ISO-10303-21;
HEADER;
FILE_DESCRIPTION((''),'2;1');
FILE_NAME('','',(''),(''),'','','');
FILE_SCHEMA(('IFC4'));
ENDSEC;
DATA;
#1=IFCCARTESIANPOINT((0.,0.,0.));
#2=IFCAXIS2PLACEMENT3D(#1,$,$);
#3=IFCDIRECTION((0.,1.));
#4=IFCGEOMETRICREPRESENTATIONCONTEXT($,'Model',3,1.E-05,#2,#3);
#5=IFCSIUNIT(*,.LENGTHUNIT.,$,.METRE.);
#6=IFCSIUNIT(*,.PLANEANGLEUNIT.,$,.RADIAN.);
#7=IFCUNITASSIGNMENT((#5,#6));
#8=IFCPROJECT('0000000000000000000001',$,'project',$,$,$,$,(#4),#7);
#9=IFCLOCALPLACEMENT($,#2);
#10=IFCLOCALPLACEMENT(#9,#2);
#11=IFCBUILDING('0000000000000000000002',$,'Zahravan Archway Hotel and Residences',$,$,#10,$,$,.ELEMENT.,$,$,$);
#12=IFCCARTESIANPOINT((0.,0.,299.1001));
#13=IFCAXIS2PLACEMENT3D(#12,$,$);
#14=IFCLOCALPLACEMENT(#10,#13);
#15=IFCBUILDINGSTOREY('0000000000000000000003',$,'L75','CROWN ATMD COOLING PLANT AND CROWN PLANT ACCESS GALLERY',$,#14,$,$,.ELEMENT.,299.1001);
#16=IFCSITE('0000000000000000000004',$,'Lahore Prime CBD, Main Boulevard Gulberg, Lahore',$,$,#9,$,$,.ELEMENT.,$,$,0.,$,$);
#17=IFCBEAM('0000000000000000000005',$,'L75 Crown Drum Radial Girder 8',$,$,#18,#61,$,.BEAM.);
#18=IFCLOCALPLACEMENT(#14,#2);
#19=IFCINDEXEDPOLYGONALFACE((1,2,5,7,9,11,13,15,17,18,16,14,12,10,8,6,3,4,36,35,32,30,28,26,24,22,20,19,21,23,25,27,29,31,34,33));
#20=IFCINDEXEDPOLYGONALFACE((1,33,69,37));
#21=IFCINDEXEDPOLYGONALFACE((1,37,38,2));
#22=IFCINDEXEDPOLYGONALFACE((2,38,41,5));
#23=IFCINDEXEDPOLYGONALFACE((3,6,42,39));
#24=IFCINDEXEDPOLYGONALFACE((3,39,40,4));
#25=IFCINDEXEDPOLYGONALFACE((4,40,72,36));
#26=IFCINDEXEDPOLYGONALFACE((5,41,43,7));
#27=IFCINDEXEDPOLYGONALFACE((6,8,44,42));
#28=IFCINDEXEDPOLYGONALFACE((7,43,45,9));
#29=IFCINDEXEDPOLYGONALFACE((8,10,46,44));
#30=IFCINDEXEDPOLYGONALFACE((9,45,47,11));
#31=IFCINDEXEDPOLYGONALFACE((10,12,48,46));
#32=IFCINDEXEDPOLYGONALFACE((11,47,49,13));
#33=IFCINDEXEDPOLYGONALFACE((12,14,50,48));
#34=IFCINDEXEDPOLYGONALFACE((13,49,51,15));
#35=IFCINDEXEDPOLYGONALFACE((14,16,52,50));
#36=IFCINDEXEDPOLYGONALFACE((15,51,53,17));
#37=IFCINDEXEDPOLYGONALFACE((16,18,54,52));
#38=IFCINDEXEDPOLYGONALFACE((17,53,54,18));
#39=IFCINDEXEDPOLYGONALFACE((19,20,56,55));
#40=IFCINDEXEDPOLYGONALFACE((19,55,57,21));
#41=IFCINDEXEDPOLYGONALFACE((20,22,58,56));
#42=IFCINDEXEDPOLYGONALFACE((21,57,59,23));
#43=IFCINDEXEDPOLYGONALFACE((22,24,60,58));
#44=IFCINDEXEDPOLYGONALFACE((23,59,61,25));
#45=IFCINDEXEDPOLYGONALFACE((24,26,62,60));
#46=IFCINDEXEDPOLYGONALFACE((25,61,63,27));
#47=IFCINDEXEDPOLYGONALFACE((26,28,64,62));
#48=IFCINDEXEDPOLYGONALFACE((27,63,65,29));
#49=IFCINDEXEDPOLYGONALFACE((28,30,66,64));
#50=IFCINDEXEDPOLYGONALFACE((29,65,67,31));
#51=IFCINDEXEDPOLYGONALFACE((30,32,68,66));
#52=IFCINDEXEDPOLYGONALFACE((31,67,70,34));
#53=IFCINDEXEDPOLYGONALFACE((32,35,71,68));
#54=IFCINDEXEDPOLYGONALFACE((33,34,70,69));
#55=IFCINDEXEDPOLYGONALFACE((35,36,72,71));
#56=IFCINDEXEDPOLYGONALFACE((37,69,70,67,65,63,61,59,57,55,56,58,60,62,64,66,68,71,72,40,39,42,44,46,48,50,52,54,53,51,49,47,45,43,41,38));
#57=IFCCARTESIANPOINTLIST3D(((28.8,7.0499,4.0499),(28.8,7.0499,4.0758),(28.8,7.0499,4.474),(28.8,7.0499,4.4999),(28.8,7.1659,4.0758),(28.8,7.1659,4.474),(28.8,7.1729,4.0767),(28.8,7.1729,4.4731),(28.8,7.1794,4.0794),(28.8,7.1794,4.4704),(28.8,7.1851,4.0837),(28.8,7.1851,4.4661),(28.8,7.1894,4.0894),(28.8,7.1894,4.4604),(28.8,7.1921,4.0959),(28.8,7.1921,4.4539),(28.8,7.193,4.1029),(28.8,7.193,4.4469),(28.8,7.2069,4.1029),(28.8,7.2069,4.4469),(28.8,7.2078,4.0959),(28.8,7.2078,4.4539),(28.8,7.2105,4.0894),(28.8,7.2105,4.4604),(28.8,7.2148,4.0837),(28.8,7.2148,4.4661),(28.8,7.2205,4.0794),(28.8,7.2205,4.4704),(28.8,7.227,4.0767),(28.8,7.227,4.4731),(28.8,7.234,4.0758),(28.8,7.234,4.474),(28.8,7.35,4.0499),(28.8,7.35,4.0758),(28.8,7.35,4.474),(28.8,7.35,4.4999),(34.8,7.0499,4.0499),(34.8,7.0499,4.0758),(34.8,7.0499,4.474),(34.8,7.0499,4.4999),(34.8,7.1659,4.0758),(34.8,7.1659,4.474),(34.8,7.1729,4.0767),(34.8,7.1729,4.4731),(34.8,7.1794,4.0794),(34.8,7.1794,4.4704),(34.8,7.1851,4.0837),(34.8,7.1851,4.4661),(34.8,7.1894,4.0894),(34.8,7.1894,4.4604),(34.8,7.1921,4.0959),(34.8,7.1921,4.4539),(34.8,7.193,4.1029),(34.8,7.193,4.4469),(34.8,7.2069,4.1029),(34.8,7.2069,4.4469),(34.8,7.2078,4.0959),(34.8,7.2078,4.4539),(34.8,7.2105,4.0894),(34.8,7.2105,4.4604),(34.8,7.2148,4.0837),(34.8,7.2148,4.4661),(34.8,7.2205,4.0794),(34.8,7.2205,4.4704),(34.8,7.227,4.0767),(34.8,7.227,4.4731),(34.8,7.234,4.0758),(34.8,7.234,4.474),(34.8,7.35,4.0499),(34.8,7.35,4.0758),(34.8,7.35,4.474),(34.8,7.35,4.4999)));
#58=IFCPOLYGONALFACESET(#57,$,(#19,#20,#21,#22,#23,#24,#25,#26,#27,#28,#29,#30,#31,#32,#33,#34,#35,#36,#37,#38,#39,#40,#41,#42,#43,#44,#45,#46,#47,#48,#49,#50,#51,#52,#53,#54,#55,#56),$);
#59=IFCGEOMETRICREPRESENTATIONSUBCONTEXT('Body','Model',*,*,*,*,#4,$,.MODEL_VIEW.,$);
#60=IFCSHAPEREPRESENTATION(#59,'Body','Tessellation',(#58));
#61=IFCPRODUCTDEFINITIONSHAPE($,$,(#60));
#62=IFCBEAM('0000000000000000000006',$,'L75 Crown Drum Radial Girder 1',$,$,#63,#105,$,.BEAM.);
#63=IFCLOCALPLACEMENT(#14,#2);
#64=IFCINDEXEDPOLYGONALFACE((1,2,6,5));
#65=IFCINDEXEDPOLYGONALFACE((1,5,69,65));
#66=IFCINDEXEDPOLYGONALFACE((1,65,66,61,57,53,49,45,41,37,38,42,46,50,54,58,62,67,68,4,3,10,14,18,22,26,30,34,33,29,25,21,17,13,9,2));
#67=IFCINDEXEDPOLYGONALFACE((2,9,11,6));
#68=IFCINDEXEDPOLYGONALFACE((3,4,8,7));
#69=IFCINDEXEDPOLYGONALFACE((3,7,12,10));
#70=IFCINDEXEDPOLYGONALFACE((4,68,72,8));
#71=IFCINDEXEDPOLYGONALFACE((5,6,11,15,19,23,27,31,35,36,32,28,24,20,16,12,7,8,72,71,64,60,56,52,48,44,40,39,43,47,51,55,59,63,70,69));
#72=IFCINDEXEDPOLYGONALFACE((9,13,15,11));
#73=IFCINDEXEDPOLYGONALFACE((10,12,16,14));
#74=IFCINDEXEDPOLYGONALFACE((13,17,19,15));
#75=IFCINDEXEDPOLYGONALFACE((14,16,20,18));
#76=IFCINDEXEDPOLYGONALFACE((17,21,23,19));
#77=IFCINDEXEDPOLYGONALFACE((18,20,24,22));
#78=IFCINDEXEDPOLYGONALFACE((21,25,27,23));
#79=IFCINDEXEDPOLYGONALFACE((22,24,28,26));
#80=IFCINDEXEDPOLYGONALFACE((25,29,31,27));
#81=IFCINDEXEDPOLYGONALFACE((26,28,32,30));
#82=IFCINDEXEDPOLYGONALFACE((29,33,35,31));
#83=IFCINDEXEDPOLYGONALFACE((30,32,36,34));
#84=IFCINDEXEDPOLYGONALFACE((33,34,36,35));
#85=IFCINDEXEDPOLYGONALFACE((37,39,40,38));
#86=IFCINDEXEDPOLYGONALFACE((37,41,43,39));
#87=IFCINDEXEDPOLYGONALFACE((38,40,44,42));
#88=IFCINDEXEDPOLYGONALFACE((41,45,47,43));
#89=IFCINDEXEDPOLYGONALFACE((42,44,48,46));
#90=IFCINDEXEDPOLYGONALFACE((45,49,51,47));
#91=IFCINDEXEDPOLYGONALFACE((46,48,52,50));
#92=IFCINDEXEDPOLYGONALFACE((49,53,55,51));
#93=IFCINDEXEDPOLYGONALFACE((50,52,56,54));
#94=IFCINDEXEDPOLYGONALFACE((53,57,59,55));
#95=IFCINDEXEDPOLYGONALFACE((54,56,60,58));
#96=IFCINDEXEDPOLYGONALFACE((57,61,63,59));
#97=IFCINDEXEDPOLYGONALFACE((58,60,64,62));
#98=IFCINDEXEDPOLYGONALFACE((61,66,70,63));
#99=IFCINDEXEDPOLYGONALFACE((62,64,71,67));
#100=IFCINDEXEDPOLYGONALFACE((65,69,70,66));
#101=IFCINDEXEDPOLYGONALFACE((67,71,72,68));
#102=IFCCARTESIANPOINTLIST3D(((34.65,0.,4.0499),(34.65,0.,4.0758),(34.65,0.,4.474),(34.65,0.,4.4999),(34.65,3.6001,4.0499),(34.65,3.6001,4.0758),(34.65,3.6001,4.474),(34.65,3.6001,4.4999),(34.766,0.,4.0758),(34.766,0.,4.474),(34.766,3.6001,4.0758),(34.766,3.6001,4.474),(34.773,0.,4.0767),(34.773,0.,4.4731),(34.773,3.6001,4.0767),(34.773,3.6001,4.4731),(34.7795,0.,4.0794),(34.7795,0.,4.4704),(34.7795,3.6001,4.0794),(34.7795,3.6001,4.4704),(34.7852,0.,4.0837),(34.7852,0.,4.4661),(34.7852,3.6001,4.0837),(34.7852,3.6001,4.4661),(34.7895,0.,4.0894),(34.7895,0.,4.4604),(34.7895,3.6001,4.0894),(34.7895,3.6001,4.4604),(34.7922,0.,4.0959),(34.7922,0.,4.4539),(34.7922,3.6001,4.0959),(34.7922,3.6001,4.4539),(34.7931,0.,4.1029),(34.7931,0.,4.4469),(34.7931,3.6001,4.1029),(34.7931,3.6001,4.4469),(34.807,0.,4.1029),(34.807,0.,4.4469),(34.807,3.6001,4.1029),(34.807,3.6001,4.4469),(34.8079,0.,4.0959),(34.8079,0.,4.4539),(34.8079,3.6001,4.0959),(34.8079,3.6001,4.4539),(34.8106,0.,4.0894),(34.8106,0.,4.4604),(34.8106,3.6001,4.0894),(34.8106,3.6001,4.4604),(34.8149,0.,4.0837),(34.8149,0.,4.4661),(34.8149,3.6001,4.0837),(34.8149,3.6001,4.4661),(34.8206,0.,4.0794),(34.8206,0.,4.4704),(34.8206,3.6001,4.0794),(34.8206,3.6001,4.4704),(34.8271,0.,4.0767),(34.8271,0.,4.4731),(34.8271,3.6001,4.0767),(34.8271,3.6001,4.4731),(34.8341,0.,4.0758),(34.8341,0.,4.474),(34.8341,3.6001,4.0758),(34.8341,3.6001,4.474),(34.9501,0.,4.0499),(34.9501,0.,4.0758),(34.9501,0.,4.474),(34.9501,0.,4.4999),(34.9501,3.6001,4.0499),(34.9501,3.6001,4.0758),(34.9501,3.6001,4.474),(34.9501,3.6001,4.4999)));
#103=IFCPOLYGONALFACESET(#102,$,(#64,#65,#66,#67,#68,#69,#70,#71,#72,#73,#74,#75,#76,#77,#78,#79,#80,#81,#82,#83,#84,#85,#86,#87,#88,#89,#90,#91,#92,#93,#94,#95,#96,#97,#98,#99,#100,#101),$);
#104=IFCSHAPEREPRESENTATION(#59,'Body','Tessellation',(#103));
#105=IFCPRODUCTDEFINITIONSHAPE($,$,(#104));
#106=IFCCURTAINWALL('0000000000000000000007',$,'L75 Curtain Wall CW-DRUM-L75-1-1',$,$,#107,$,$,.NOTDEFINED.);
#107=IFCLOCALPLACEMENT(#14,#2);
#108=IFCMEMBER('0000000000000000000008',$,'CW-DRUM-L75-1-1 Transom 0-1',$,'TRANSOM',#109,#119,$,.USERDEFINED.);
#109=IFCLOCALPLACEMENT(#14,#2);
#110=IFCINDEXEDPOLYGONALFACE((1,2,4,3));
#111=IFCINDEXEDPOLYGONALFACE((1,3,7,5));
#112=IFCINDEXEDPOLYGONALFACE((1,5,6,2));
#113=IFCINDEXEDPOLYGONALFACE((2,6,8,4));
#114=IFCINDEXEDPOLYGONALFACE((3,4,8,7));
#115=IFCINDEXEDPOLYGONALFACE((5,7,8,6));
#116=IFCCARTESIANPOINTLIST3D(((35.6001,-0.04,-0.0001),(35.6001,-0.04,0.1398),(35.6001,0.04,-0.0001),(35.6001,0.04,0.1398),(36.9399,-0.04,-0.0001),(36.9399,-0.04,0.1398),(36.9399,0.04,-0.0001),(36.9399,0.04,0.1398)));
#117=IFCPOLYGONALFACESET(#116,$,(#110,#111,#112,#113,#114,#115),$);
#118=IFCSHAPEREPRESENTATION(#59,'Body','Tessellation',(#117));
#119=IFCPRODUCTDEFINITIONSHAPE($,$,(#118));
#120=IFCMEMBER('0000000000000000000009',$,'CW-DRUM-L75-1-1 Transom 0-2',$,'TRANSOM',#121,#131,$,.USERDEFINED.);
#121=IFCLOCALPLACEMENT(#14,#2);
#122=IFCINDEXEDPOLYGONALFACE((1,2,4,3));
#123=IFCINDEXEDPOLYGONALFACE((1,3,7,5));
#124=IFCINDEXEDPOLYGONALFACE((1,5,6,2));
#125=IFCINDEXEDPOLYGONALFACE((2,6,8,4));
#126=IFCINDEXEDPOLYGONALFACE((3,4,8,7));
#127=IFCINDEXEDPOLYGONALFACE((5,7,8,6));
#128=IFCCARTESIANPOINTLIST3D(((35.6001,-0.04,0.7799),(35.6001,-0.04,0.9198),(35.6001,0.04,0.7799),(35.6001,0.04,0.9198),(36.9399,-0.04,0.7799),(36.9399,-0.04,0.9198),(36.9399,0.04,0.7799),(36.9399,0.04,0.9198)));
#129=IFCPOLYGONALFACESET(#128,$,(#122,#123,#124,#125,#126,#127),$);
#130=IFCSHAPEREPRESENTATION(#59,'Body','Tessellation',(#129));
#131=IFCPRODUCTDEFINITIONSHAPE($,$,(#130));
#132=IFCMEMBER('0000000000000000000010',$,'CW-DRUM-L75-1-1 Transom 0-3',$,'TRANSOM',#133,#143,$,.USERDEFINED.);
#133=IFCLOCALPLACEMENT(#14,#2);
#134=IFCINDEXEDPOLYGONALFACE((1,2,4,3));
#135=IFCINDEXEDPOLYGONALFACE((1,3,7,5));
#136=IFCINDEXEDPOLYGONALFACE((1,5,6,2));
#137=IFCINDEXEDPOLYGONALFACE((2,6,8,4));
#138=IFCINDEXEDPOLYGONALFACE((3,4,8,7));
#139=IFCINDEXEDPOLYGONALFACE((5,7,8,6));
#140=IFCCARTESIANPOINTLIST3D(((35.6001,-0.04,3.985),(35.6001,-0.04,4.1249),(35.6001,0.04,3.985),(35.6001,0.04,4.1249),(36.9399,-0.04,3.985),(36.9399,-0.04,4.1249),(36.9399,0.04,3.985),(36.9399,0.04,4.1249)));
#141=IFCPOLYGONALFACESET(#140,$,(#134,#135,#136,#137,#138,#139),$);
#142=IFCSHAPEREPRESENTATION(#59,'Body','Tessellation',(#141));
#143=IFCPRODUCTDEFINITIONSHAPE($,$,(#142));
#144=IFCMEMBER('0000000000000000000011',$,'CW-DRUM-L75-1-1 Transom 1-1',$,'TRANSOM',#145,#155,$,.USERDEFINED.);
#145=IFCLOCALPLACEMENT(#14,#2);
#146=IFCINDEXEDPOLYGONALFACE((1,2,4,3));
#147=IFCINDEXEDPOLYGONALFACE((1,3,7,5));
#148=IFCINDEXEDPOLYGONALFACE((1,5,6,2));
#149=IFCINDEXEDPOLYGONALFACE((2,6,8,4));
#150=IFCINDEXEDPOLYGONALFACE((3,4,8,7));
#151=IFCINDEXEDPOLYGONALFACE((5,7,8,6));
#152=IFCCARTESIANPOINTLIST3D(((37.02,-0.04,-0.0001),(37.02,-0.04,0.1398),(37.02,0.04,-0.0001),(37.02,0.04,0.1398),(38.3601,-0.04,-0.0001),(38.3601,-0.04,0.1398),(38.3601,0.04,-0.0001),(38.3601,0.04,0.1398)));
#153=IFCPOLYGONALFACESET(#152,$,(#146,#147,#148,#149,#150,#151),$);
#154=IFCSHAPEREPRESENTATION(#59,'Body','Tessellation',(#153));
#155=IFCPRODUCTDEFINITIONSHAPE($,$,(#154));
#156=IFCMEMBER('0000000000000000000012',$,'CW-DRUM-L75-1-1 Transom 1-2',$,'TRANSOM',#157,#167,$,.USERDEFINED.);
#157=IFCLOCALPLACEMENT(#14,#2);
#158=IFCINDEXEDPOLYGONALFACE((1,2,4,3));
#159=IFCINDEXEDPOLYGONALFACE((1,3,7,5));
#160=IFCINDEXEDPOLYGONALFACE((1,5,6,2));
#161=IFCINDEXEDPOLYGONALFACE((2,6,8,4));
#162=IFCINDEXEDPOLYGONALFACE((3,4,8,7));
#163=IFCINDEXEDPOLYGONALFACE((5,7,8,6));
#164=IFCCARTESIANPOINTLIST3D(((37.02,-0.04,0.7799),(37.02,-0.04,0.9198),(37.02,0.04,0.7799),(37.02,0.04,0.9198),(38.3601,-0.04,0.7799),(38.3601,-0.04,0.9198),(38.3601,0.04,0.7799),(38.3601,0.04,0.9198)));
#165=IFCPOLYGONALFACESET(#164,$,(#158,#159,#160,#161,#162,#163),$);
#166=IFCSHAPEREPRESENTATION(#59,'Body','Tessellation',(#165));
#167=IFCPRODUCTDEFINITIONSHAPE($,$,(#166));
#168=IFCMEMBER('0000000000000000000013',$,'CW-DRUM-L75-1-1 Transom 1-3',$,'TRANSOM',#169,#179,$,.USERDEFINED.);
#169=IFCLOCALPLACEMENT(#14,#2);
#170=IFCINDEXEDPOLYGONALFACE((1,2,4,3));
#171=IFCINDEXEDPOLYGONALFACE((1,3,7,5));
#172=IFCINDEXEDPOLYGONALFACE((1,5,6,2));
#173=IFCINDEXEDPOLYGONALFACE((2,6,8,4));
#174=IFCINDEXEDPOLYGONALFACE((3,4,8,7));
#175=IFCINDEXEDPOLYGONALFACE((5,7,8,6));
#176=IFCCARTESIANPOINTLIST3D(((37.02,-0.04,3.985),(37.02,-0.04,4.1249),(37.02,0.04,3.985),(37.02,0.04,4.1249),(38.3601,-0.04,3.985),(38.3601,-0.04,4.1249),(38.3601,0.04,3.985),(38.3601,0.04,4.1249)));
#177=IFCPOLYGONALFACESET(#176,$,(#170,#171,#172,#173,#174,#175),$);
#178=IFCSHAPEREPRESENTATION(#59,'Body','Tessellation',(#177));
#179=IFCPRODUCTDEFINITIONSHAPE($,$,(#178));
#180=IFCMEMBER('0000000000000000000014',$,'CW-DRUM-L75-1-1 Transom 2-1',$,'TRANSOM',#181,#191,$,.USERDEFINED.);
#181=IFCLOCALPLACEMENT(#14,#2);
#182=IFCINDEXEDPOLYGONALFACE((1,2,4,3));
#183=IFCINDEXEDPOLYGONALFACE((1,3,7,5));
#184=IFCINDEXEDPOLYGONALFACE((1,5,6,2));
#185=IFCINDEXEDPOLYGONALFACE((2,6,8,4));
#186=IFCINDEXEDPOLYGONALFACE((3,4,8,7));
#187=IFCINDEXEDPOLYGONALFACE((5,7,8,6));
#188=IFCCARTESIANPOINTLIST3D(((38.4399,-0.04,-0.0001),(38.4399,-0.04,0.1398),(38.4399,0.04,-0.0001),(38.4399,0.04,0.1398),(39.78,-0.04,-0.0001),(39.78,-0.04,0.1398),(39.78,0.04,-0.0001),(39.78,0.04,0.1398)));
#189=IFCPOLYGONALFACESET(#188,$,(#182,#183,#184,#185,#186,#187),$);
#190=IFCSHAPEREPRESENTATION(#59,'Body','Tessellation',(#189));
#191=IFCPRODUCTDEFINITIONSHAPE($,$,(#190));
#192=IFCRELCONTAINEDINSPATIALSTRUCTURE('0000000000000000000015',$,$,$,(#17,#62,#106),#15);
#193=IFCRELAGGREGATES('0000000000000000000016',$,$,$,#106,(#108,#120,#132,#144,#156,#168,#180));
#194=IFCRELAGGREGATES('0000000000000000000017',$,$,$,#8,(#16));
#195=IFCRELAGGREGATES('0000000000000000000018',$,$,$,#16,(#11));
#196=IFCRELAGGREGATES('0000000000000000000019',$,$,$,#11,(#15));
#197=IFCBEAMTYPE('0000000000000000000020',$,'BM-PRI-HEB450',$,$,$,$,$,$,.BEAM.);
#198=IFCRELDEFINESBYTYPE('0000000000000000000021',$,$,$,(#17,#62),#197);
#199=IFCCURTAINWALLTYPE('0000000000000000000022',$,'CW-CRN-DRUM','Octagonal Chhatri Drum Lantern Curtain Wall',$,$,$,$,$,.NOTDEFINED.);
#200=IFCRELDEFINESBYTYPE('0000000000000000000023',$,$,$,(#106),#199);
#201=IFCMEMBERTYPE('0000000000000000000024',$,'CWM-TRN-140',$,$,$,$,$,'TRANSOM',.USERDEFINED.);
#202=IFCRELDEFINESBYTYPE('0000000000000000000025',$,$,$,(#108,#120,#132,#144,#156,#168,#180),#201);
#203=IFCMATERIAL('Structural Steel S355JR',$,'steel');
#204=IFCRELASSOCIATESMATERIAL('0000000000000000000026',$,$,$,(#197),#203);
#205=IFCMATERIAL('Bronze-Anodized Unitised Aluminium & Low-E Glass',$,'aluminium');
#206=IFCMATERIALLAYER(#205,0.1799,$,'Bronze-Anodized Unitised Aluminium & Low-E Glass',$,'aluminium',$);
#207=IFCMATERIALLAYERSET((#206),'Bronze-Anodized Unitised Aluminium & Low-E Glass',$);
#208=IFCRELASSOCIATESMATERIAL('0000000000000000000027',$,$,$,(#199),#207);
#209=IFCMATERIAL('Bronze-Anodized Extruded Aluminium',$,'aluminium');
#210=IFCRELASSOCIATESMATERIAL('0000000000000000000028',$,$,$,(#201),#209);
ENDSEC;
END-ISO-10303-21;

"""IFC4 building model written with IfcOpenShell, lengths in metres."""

from ifc_helpers import new_model, si_unit, direction, frame, origin, origin_2d, place, context, subcontext, project, spatial, rectangle, i_section, extrude, source, transform, mapped, material, layer, layer_set, material_profile, profile_set, type_object, element, aggregate, save


model = new_model("IFC4")

# Units and contexts
model_context = context("Model", 3, precision=1e-05, world=origin(), true_north=direction((0.0, 1.0)))
body_context = subcontext(model_context, "Body", "Model", "MODEL_VIEW")
ifc_project = project(units=[si_unit("LENGTHUNIT", "METRE"), si_unit("PLANEANGLEUNIT", "RADIAN")], contexts=[model_context])

# Site, building, storey
site_placement = place(None, origin())
site = spatial("IfcSite", under=ifc_project, at=site_placement, Name="Lahore Prime CBD, Main Boulevard Gulberg, Lahore", CompositionType="ELEMENT", RefElevation=0.0)
building_placement = place(site_placement, origin())
building = spatial("IfcBuilding", under=site, at=building_placement, Name="Zahravan Archway Hotel and Residences", CompositionType="ELEMENT")
storey_placement = place(building_placement, frame((0.0, 0.0, 299.1001)))
storey = spatial("IfcBuildingStorey", under=building, at=storey_placement, Name="L75", Description="CROWN ATMD COOLING PLANT AND CROWN PLANT ACCESS GALLERY", CompositionType="ELEMENT", Elevation=299.1001)

# Beams
ifc_material_1 = material(Name="Structural Steel S355JR", Category="steel")
ifc_material_profile_1 = material_profile(ifc_material_1, i_section(OverallWidth=0.3, OverallDepth=0.45, WebThickness=0.0139, FlangeThickness=0.0259, FilletRadius=0.0271, at=origin_2d()), Name="HEB 450", Category="steel")
ifc_profile_set_1 = profile_set([ifc_material_profile_1], Name="Structural Steel S355JR")
beam_type = type_object("IfcBeamType", Name="BM-PRI-HEB450", PredefinedType="BEAM", material=ifc_profile_set_1)
shared_shape_1 = source(origin(), body_context, "Body", "SweptSolid", [
    extrude(i_section(OverallWidth=0.3, OverallDepth=0.45, WebThickness=0.0139, FlangeThickness=0.0259, FilletRadius=0.0271, at=origin_2d()), origin(), (0.0, 0.0, 1.0), 6.0),
])
beam_1_placement = place(storey_placement, frame((34.8, 7.2, 4.2749), z_axis=(-1.0, 0.0, 0.0), x_axis=(0.0, -1.0, 0.0)))
element("IfcBeam", 1, at=beam_1_placement, inside=storey, type_object=beam_type, Name="L75 Crown Drum Radial Girder 8", PredefinedType="BEAM", context=body_context, shape_type="MappedRepresentation", body=[
    mapped(shared_shape_1, transform((0.0, 0.0, 0.0), scale=1.0)),
])
shared_shape_2 = source(origin(), body_context, "Body", "SweptSolid", [
    extrude(i_section(OverallWidth=0.3, OverallDepth=0.45, WebThickness=0.0139, FlangeThickness=0.0259, FilletRadius=0.0271, at=origin_2d()), origin(), (0.0, 0.0, 1.0), 3.6001),
])
beam_2_placement = place(storey_placement, frame((34.8, 3.6001, 4.2749), z_axis=(0.0, -1.0, 0.0), x_axis=(1.0, 0.0, 0.0)))
element("IfcBeam", 2, at=beam_2_placement, inside=storey, type_object=beam_type, Name="L75 Crown Drum Radial Girder 1", PredefinedType="BEAM", context=body_context, shape_type="MappedRepresentation", body=[
    mapped(shared_shape_2, transform((0.0, 0.0, 0.0), scale=1.0)),
])

# Curtain wall, members
ifc_material_2 = material(Name="Bronze-Anodized Unitised Aluminium & Low-E Glass", Category="aluminium")
ifc_layer_1 = layer(ifc_material_2, 0.1799, Name="Bronze-Anodized Unitised Aluminium & Low-E Glass", Category="aluminium")
ifc_layer_set_1 = layer_set([ifc_layer_1], Name="Bronze-Anodized Unitised Aluminium & Low-E Glass")
curtain_wall_type = type_object("IfcCurtainWallType", Name="CW-CRN-DRUM", Description="Octagonal Chhatri Drum Lantern Curtain Wall", PredefinedType="NOTDEFINED", material=ifc_layer_set_1)
curtain_wall_placement = place(storey_placement, origin())
curtain_wall = element("IfcCurtainWall", 3, at=curtain_wall_placement, inside=storey, type_object=curtain_wall_type, Name="L75 Curtain Wall CW-DRUM-L75-1-1", PredefinedType="NOTDEFINED")
ifc_material_3 = material(Name="Bronze-Anodized Extruded Aluminium", Category="aluminium")
ifc_material_profile_2 = material_profile(ifc_material_3, rectangle(XDim=0.0801, YDim=0.1399, at=origin_2d()), Name="TRN 80x140", Category="aluminium")
ifc_profile_set_2 = profile_set([ifc_material_profile_2], Name="Bronze-Anodized Extruded Aluminium")
member_type_1 = type_object("IfcMemberType", Name="CWM-TRN-140", ElementType="TRANSOM", PredefinedType="USERDEFINED", material=ifc_profile_set_2)
shared_shape_3 = source(origin(), body_context, "Body", "SweptSolid", [
    extrude(rectangle(XDim=0.0801, YDim=0.1399, at=origin_2d()), origin(), (0.0, 0.0, 1.0), 1.3398),
])
member_1_placement = place(storey_placement, frame((35.6001, 0.0, 0.0698), z_axis=(1.0, 0.0, 0.0), x_axis=(0.0, 1.0, 0.0)))
member_1 = element("IfcMember", 4, at=member_1_placement, type_object=member_type_1, Name="CW-DRUM-L75-1-1 Transom 0-1", ObjectType="TRANSOM", PredefinedType="USERDEFINED", context=body_context, shape_type="MappedRepresentation", body=[
    mapped(shared_shape_3, transform((0.0, 0.0, 0.0), scale=1.0)),
])
member_2_placement = place(storey_placement, frame((35.6001, 0.0, 0.8499), z_axis=(1.0, 0.0, 0.0), x_axis=(0.0, 1.0, 0.0)))
member_2 = element("IfcMember", 5, at=member_2_placement, type_object=member_type_1, Name="CW-DRUM-L75-1-1 Transom 0-2", ObjectType="TRANSOM", PredefinedType="USERDEFINED", context=body_context, shape_type="MappedRepresentation", body=[
    mapped(shared_shape_3, transform((0.0, 0.0, 0.0), scale=1.0)),
])
member_3_placement = place(storey_placement, frame((35.6001, 0.0, 4.0549), z_axis=(1.0, 0.0, 0.0), x_axis=(0.0, 1.0, 0.0)))
member_3 = element("IfcMember", 6, at=member_3_placement, type_object=member_type_1, Name="CW-DRUM-L75-1-1 Transom 0-3", ObjectType="TRANSOM", PredefinedType="USERDEFINED", context=body_context, shape_type="MappedRepresentation", body=[
    mapped(shared_shape_3, transform((0.0, 0.0, 0.0), scale=1.0)),
])
shared_shape_4 = source(origin(), body_context, "Body", "SweptSolid", [
    extrude(rectangle(XDim=0.0801, YDim=0.1399, at=origin_2d()), origin(), (0.0, 0.0, 1.0), 1.3401),
])
member_4_placement = place(storey_placement, frame((37.02, 0.0, 0.0698), z_axis=(1.0, 0.0, 0.0), x_axis=(0.0, 1.0, 0.0)))
member_4 = element("IfcMember", 7, at=member_4_placement, type_object=member_type_1, Name="CW-DRUM-L75-1-1 Transom 1-1", ObjectType="TRANSOM", PredefinedType="USERDEFINED", context=body_context, shape_type="MappedRepresentation", body=[
    mapped(shared_shape_4, transform((0.0, 0.0, 0.0), scale=1.0)),
])
member_5_placement = place(storey_placement, frame((37.02, 0.0, 0.8499), z_axis=(1.0, 0.0, 0.0), x_axis=(0.0, 1.0, 0.0)))
member_5 = element("IfcMember", 8, at=member_5_placement, type_object=member_type_1, Name="CW-DRUM-L75-1-1 Transom 1-2", ObjectType="TRANSOM", PredefinedType="USERDEFINED", context=body_context, shape_type="MappedRepresentation", body=[
    mapped(shared_shape_4, transform((0.0, 0.0, 0.0), scale=1.0)),
])
member_6_placement = place(storey_placement, frame((37.02, 0.0, 4.0549), z_axis=(1.0, 0.0, 0.0), x_axis=(0.0, 1.0, 0.0)))
member_6 = element("IfcMember", 9, at=member_6_placement, type_object=member_type_1, Name="CW-DRUM-L75-1-1 Transom 1-3", ObjectType="TRANSOM", PredefinedType="USERDEFINED", context=body_context, shape_type="MappedRepresentation", body=[
    mapped(shared_shape_4, transform((0.0, 0.0, 0.0), scale=1.0)),
])
member_7_placement = place(storey_placement, frame((38.4399, 0.0, 0.0698), z_axis=(1.0, 0.0, 0.0), x_axis=(0.0, 1.0, 0.0)))
member_7 = element("IfcMember", 10, at=member_7_placement, type_object=member_type_1, Name="CW-DRUM-L75-1-1 Transom 2-1", ObjectType="TRANSOM", PredefinedType="USERDEFINED", context=body_context, shape_type="MappedRepresentation", body=[
    mapped(shared_shape_4, transform((0.0, 0.0, 0.0), scale=1.0)),
])

aggregate(curtain_wall, [member_1, member_2, member_3, member_4, member_5, member_6, member_7])

save(model, "model.ifc")
